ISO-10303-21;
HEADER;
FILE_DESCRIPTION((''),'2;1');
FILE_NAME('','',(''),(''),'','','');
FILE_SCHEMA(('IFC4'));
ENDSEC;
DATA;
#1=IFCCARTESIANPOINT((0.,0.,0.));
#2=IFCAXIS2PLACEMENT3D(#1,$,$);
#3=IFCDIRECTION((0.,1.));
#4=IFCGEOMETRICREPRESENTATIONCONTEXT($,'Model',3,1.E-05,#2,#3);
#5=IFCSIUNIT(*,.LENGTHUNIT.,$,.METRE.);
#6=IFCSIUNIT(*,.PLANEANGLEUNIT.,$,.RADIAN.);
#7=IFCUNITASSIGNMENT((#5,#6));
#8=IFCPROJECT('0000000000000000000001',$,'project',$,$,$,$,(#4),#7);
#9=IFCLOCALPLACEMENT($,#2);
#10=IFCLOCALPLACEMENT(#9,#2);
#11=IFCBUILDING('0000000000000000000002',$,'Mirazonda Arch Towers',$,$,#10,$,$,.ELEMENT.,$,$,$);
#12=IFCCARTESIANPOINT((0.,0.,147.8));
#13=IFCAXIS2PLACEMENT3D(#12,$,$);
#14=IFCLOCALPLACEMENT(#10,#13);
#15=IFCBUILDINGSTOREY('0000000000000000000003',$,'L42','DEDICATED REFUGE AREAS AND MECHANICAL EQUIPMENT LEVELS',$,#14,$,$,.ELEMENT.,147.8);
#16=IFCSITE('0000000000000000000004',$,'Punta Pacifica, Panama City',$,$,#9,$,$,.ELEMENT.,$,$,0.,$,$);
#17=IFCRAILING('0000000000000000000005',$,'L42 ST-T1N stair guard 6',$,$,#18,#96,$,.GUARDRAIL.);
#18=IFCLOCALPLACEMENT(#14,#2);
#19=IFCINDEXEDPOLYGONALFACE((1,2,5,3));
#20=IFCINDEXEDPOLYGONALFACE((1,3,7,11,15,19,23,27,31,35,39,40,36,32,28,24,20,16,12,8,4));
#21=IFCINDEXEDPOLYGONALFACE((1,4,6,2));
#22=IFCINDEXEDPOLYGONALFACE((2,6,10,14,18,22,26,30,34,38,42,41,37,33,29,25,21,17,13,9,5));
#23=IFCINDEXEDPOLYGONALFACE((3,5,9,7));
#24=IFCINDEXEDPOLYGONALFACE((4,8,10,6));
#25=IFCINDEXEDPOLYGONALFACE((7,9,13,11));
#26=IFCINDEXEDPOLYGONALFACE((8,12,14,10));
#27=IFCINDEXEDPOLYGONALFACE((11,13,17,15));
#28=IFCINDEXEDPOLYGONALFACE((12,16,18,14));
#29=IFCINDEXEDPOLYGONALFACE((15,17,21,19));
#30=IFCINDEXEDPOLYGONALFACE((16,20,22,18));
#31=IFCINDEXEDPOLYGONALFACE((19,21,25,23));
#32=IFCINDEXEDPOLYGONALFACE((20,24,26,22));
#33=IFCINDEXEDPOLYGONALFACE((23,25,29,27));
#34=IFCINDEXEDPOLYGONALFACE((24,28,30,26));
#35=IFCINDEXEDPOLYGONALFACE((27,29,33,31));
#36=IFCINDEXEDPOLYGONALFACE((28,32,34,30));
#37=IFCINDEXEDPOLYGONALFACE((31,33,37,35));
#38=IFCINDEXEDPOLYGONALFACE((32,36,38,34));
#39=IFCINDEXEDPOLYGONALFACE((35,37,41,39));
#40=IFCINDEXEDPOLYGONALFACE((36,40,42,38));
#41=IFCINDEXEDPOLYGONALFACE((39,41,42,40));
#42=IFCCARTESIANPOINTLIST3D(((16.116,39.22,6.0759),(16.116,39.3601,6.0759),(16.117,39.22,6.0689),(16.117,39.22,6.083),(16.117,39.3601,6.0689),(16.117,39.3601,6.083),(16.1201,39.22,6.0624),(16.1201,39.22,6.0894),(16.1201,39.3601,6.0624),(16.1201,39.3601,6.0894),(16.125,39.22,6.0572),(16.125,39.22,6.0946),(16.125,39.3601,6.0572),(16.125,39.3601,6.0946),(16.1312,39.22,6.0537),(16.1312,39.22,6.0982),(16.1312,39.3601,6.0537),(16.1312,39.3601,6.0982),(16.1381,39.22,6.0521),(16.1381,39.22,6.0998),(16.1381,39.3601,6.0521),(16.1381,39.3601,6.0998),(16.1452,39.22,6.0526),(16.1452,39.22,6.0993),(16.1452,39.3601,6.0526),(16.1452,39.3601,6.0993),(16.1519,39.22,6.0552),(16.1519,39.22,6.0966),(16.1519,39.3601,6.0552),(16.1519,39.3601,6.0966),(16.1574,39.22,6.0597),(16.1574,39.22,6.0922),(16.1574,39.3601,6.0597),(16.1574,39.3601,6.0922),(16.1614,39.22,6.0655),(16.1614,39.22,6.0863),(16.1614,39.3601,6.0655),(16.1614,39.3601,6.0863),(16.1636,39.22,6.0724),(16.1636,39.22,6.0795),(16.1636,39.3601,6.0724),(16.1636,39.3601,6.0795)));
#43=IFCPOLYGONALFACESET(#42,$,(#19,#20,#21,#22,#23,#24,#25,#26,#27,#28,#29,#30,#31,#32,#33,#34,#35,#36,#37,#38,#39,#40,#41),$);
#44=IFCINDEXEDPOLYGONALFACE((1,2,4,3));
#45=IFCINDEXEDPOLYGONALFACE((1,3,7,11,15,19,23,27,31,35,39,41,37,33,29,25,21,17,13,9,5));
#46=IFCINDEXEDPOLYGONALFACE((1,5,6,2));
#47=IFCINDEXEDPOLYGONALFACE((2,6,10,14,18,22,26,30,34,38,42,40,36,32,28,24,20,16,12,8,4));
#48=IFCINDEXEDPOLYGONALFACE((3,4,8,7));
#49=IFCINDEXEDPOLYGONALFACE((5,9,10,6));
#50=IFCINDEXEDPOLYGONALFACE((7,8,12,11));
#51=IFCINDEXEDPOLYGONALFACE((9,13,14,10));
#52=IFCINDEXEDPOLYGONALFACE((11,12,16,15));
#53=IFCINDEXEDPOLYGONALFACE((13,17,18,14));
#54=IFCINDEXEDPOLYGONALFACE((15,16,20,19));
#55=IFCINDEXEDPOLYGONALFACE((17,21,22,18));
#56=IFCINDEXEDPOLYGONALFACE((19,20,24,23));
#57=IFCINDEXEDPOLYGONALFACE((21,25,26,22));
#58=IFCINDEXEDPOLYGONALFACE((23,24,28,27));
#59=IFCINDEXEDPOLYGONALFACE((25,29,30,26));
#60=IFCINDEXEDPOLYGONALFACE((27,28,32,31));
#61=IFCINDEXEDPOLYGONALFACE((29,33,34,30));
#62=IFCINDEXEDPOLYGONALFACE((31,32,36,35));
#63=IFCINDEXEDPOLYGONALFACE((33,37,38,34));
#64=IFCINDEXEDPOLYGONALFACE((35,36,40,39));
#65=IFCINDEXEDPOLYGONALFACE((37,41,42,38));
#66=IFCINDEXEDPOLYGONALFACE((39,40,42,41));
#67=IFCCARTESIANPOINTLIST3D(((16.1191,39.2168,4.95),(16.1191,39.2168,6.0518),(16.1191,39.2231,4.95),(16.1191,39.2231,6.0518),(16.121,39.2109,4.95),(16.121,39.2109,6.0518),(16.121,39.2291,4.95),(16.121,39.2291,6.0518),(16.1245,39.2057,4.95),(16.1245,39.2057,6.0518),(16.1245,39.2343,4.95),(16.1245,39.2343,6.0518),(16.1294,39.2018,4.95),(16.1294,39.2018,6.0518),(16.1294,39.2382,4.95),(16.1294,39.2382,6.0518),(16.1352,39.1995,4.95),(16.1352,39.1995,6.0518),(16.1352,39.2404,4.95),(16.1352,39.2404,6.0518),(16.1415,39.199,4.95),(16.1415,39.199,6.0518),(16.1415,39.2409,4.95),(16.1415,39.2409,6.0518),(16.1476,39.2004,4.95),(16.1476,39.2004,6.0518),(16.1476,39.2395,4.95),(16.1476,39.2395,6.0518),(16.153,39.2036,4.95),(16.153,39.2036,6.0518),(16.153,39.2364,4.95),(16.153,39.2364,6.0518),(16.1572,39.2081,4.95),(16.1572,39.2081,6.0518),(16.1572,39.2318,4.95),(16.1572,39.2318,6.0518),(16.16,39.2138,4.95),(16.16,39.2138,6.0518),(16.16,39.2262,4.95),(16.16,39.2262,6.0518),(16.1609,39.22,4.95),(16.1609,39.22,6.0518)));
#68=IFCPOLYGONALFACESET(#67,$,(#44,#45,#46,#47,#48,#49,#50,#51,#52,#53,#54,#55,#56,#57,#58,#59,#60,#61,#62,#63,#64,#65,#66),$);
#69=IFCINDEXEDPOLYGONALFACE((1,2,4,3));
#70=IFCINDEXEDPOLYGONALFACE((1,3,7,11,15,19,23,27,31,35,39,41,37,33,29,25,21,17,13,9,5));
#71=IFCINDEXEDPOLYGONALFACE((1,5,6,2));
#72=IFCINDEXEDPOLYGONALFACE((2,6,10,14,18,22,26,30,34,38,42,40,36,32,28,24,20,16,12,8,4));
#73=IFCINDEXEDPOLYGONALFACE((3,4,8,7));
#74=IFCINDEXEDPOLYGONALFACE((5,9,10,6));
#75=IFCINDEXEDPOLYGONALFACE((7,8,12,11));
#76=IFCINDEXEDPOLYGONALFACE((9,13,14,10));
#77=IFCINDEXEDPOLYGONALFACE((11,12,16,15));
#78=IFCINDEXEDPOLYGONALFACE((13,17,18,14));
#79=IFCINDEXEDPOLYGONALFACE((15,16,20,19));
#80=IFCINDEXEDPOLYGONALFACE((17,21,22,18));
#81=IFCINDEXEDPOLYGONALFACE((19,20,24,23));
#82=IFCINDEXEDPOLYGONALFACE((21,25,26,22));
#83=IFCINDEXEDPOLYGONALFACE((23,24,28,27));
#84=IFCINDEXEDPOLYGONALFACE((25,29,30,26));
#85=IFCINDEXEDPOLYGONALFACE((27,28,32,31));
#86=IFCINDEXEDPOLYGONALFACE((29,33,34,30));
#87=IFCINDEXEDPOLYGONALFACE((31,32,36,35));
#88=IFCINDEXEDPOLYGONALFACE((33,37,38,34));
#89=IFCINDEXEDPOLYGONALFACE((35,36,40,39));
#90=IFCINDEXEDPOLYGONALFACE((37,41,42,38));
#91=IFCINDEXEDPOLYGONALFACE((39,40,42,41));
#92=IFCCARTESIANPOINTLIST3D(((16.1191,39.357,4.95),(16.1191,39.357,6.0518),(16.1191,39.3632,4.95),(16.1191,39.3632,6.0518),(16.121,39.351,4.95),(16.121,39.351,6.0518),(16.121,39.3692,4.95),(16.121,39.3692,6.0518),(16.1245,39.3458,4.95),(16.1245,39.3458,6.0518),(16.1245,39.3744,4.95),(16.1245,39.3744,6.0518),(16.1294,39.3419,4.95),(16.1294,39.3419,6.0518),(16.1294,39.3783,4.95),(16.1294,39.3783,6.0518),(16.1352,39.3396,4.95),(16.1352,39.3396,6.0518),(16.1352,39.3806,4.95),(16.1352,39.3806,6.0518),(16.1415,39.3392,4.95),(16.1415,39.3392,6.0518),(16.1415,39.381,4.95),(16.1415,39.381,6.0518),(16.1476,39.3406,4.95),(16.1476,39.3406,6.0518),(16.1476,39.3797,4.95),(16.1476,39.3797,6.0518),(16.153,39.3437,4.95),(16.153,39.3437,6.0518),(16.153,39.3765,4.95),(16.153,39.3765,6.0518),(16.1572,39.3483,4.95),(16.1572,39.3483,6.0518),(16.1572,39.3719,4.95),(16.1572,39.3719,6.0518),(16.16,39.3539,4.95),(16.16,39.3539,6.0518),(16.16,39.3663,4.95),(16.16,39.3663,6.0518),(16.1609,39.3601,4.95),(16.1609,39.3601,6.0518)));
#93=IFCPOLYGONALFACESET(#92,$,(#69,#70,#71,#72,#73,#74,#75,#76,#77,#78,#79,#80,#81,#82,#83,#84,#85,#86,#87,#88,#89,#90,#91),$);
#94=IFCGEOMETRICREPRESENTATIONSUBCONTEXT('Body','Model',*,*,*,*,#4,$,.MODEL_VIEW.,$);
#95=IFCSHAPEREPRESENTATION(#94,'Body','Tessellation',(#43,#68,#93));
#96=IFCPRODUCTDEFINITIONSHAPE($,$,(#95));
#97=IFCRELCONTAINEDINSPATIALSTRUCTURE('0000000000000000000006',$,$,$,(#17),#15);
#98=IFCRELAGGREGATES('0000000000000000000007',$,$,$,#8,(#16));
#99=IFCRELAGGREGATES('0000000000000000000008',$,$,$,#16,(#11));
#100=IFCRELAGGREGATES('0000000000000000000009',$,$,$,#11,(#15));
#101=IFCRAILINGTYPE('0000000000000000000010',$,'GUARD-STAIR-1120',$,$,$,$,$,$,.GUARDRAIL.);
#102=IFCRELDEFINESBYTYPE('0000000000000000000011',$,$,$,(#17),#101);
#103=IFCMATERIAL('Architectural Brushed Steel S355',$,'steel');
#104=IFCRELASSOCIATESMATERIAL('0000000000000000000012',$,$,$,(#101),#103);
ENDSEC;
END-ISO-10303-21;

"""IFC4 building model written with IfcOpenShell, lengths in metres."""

from ifc_helpers import new_model, si_unit, direction, frame, origin, origin_2d, place, context, subcontext, project, spatial, circle, extrude, material, type_object, element, save


model = new_model("IFC4")

# Units and contexts
model_context = context("Model", 3, precision=1e-05, world=origin(), true_north=direction((0.0, 1.0)))
body_context = subcontext(model_context, "Body", "Model", "MODEL_VIEW")
ifc_project = project(units=[si_unit("LENGTHUNIT", "METRE"), si_unit("PLANEANGLEUNIT", "RADIAN")], contexts=[model_context])

# Site, building, storey
site_placement = place(None, origin())
site = spatial("IfcSite", under=ifc_project, at=site_placement, Name="Punta Pacifica, Panama City", CompositionType="ELEMENT", RefElevation=0.0)
building_placement = place(site_placement, origin())
building = spatial("IfcBuilding", under=site, at=building_placement, Name="Mirazonda Arch Towers", CompositionType="ELEMENT")
storey_placement = place(building_placement, frame((0.0, 0.0, 147.8)))
storey = spatial("IfcBuildingStorey", under=building, at=storey_placement, Name="L42", Description="DEDICATED REFUGE AREAS AND MECHANICAL EQUIPMENT LEVELS", CompositionType="ELEMENT", Elevation=147.8)

# Shared definitions
ifc_material_1 = material(Name="Architectural Brushed Steel S355", Category="steel")

# Railing
railing_type_1 = type_object("IfcRailingType", Name="GUARD-STAIR-1120", PredefinedType="GUARDRAIL", material=ifc_material_1)
railing_1_placement = place(storey_placement, frame((16.1399, 39.22, 4.95)))
element("IfcRailing", 1, at=railing_1_placement, inside=storey, type_object=railing_type_1, Name="L42 ST-T1N stair guard 6", PredefinedType="GUARDRAIL", context=body_context, shape_type="SweptSolid", body=[
    extrude(circle(Radius=0.0239, at=origin_2d()), frame((0.0, 0.0, 1.126), z_axis=(0.0, 1.0, 0.0), x_axis=(-1.0, 0.0, 0.0)), (0.0, 0.0, 1.0), 0.1401),
    extrude(circle(Radius=0.021, at=origin_2d()), origin(), (0.0, 0.0, 1.0), 1.1018),
    extrude(circle(Radius=0.021, at=origin_2d()), frame((0.0, 0.1401, 0.0)), (0.0, 0.0, 1.0), 1.1018),
])

save(model, "model.ifc")
